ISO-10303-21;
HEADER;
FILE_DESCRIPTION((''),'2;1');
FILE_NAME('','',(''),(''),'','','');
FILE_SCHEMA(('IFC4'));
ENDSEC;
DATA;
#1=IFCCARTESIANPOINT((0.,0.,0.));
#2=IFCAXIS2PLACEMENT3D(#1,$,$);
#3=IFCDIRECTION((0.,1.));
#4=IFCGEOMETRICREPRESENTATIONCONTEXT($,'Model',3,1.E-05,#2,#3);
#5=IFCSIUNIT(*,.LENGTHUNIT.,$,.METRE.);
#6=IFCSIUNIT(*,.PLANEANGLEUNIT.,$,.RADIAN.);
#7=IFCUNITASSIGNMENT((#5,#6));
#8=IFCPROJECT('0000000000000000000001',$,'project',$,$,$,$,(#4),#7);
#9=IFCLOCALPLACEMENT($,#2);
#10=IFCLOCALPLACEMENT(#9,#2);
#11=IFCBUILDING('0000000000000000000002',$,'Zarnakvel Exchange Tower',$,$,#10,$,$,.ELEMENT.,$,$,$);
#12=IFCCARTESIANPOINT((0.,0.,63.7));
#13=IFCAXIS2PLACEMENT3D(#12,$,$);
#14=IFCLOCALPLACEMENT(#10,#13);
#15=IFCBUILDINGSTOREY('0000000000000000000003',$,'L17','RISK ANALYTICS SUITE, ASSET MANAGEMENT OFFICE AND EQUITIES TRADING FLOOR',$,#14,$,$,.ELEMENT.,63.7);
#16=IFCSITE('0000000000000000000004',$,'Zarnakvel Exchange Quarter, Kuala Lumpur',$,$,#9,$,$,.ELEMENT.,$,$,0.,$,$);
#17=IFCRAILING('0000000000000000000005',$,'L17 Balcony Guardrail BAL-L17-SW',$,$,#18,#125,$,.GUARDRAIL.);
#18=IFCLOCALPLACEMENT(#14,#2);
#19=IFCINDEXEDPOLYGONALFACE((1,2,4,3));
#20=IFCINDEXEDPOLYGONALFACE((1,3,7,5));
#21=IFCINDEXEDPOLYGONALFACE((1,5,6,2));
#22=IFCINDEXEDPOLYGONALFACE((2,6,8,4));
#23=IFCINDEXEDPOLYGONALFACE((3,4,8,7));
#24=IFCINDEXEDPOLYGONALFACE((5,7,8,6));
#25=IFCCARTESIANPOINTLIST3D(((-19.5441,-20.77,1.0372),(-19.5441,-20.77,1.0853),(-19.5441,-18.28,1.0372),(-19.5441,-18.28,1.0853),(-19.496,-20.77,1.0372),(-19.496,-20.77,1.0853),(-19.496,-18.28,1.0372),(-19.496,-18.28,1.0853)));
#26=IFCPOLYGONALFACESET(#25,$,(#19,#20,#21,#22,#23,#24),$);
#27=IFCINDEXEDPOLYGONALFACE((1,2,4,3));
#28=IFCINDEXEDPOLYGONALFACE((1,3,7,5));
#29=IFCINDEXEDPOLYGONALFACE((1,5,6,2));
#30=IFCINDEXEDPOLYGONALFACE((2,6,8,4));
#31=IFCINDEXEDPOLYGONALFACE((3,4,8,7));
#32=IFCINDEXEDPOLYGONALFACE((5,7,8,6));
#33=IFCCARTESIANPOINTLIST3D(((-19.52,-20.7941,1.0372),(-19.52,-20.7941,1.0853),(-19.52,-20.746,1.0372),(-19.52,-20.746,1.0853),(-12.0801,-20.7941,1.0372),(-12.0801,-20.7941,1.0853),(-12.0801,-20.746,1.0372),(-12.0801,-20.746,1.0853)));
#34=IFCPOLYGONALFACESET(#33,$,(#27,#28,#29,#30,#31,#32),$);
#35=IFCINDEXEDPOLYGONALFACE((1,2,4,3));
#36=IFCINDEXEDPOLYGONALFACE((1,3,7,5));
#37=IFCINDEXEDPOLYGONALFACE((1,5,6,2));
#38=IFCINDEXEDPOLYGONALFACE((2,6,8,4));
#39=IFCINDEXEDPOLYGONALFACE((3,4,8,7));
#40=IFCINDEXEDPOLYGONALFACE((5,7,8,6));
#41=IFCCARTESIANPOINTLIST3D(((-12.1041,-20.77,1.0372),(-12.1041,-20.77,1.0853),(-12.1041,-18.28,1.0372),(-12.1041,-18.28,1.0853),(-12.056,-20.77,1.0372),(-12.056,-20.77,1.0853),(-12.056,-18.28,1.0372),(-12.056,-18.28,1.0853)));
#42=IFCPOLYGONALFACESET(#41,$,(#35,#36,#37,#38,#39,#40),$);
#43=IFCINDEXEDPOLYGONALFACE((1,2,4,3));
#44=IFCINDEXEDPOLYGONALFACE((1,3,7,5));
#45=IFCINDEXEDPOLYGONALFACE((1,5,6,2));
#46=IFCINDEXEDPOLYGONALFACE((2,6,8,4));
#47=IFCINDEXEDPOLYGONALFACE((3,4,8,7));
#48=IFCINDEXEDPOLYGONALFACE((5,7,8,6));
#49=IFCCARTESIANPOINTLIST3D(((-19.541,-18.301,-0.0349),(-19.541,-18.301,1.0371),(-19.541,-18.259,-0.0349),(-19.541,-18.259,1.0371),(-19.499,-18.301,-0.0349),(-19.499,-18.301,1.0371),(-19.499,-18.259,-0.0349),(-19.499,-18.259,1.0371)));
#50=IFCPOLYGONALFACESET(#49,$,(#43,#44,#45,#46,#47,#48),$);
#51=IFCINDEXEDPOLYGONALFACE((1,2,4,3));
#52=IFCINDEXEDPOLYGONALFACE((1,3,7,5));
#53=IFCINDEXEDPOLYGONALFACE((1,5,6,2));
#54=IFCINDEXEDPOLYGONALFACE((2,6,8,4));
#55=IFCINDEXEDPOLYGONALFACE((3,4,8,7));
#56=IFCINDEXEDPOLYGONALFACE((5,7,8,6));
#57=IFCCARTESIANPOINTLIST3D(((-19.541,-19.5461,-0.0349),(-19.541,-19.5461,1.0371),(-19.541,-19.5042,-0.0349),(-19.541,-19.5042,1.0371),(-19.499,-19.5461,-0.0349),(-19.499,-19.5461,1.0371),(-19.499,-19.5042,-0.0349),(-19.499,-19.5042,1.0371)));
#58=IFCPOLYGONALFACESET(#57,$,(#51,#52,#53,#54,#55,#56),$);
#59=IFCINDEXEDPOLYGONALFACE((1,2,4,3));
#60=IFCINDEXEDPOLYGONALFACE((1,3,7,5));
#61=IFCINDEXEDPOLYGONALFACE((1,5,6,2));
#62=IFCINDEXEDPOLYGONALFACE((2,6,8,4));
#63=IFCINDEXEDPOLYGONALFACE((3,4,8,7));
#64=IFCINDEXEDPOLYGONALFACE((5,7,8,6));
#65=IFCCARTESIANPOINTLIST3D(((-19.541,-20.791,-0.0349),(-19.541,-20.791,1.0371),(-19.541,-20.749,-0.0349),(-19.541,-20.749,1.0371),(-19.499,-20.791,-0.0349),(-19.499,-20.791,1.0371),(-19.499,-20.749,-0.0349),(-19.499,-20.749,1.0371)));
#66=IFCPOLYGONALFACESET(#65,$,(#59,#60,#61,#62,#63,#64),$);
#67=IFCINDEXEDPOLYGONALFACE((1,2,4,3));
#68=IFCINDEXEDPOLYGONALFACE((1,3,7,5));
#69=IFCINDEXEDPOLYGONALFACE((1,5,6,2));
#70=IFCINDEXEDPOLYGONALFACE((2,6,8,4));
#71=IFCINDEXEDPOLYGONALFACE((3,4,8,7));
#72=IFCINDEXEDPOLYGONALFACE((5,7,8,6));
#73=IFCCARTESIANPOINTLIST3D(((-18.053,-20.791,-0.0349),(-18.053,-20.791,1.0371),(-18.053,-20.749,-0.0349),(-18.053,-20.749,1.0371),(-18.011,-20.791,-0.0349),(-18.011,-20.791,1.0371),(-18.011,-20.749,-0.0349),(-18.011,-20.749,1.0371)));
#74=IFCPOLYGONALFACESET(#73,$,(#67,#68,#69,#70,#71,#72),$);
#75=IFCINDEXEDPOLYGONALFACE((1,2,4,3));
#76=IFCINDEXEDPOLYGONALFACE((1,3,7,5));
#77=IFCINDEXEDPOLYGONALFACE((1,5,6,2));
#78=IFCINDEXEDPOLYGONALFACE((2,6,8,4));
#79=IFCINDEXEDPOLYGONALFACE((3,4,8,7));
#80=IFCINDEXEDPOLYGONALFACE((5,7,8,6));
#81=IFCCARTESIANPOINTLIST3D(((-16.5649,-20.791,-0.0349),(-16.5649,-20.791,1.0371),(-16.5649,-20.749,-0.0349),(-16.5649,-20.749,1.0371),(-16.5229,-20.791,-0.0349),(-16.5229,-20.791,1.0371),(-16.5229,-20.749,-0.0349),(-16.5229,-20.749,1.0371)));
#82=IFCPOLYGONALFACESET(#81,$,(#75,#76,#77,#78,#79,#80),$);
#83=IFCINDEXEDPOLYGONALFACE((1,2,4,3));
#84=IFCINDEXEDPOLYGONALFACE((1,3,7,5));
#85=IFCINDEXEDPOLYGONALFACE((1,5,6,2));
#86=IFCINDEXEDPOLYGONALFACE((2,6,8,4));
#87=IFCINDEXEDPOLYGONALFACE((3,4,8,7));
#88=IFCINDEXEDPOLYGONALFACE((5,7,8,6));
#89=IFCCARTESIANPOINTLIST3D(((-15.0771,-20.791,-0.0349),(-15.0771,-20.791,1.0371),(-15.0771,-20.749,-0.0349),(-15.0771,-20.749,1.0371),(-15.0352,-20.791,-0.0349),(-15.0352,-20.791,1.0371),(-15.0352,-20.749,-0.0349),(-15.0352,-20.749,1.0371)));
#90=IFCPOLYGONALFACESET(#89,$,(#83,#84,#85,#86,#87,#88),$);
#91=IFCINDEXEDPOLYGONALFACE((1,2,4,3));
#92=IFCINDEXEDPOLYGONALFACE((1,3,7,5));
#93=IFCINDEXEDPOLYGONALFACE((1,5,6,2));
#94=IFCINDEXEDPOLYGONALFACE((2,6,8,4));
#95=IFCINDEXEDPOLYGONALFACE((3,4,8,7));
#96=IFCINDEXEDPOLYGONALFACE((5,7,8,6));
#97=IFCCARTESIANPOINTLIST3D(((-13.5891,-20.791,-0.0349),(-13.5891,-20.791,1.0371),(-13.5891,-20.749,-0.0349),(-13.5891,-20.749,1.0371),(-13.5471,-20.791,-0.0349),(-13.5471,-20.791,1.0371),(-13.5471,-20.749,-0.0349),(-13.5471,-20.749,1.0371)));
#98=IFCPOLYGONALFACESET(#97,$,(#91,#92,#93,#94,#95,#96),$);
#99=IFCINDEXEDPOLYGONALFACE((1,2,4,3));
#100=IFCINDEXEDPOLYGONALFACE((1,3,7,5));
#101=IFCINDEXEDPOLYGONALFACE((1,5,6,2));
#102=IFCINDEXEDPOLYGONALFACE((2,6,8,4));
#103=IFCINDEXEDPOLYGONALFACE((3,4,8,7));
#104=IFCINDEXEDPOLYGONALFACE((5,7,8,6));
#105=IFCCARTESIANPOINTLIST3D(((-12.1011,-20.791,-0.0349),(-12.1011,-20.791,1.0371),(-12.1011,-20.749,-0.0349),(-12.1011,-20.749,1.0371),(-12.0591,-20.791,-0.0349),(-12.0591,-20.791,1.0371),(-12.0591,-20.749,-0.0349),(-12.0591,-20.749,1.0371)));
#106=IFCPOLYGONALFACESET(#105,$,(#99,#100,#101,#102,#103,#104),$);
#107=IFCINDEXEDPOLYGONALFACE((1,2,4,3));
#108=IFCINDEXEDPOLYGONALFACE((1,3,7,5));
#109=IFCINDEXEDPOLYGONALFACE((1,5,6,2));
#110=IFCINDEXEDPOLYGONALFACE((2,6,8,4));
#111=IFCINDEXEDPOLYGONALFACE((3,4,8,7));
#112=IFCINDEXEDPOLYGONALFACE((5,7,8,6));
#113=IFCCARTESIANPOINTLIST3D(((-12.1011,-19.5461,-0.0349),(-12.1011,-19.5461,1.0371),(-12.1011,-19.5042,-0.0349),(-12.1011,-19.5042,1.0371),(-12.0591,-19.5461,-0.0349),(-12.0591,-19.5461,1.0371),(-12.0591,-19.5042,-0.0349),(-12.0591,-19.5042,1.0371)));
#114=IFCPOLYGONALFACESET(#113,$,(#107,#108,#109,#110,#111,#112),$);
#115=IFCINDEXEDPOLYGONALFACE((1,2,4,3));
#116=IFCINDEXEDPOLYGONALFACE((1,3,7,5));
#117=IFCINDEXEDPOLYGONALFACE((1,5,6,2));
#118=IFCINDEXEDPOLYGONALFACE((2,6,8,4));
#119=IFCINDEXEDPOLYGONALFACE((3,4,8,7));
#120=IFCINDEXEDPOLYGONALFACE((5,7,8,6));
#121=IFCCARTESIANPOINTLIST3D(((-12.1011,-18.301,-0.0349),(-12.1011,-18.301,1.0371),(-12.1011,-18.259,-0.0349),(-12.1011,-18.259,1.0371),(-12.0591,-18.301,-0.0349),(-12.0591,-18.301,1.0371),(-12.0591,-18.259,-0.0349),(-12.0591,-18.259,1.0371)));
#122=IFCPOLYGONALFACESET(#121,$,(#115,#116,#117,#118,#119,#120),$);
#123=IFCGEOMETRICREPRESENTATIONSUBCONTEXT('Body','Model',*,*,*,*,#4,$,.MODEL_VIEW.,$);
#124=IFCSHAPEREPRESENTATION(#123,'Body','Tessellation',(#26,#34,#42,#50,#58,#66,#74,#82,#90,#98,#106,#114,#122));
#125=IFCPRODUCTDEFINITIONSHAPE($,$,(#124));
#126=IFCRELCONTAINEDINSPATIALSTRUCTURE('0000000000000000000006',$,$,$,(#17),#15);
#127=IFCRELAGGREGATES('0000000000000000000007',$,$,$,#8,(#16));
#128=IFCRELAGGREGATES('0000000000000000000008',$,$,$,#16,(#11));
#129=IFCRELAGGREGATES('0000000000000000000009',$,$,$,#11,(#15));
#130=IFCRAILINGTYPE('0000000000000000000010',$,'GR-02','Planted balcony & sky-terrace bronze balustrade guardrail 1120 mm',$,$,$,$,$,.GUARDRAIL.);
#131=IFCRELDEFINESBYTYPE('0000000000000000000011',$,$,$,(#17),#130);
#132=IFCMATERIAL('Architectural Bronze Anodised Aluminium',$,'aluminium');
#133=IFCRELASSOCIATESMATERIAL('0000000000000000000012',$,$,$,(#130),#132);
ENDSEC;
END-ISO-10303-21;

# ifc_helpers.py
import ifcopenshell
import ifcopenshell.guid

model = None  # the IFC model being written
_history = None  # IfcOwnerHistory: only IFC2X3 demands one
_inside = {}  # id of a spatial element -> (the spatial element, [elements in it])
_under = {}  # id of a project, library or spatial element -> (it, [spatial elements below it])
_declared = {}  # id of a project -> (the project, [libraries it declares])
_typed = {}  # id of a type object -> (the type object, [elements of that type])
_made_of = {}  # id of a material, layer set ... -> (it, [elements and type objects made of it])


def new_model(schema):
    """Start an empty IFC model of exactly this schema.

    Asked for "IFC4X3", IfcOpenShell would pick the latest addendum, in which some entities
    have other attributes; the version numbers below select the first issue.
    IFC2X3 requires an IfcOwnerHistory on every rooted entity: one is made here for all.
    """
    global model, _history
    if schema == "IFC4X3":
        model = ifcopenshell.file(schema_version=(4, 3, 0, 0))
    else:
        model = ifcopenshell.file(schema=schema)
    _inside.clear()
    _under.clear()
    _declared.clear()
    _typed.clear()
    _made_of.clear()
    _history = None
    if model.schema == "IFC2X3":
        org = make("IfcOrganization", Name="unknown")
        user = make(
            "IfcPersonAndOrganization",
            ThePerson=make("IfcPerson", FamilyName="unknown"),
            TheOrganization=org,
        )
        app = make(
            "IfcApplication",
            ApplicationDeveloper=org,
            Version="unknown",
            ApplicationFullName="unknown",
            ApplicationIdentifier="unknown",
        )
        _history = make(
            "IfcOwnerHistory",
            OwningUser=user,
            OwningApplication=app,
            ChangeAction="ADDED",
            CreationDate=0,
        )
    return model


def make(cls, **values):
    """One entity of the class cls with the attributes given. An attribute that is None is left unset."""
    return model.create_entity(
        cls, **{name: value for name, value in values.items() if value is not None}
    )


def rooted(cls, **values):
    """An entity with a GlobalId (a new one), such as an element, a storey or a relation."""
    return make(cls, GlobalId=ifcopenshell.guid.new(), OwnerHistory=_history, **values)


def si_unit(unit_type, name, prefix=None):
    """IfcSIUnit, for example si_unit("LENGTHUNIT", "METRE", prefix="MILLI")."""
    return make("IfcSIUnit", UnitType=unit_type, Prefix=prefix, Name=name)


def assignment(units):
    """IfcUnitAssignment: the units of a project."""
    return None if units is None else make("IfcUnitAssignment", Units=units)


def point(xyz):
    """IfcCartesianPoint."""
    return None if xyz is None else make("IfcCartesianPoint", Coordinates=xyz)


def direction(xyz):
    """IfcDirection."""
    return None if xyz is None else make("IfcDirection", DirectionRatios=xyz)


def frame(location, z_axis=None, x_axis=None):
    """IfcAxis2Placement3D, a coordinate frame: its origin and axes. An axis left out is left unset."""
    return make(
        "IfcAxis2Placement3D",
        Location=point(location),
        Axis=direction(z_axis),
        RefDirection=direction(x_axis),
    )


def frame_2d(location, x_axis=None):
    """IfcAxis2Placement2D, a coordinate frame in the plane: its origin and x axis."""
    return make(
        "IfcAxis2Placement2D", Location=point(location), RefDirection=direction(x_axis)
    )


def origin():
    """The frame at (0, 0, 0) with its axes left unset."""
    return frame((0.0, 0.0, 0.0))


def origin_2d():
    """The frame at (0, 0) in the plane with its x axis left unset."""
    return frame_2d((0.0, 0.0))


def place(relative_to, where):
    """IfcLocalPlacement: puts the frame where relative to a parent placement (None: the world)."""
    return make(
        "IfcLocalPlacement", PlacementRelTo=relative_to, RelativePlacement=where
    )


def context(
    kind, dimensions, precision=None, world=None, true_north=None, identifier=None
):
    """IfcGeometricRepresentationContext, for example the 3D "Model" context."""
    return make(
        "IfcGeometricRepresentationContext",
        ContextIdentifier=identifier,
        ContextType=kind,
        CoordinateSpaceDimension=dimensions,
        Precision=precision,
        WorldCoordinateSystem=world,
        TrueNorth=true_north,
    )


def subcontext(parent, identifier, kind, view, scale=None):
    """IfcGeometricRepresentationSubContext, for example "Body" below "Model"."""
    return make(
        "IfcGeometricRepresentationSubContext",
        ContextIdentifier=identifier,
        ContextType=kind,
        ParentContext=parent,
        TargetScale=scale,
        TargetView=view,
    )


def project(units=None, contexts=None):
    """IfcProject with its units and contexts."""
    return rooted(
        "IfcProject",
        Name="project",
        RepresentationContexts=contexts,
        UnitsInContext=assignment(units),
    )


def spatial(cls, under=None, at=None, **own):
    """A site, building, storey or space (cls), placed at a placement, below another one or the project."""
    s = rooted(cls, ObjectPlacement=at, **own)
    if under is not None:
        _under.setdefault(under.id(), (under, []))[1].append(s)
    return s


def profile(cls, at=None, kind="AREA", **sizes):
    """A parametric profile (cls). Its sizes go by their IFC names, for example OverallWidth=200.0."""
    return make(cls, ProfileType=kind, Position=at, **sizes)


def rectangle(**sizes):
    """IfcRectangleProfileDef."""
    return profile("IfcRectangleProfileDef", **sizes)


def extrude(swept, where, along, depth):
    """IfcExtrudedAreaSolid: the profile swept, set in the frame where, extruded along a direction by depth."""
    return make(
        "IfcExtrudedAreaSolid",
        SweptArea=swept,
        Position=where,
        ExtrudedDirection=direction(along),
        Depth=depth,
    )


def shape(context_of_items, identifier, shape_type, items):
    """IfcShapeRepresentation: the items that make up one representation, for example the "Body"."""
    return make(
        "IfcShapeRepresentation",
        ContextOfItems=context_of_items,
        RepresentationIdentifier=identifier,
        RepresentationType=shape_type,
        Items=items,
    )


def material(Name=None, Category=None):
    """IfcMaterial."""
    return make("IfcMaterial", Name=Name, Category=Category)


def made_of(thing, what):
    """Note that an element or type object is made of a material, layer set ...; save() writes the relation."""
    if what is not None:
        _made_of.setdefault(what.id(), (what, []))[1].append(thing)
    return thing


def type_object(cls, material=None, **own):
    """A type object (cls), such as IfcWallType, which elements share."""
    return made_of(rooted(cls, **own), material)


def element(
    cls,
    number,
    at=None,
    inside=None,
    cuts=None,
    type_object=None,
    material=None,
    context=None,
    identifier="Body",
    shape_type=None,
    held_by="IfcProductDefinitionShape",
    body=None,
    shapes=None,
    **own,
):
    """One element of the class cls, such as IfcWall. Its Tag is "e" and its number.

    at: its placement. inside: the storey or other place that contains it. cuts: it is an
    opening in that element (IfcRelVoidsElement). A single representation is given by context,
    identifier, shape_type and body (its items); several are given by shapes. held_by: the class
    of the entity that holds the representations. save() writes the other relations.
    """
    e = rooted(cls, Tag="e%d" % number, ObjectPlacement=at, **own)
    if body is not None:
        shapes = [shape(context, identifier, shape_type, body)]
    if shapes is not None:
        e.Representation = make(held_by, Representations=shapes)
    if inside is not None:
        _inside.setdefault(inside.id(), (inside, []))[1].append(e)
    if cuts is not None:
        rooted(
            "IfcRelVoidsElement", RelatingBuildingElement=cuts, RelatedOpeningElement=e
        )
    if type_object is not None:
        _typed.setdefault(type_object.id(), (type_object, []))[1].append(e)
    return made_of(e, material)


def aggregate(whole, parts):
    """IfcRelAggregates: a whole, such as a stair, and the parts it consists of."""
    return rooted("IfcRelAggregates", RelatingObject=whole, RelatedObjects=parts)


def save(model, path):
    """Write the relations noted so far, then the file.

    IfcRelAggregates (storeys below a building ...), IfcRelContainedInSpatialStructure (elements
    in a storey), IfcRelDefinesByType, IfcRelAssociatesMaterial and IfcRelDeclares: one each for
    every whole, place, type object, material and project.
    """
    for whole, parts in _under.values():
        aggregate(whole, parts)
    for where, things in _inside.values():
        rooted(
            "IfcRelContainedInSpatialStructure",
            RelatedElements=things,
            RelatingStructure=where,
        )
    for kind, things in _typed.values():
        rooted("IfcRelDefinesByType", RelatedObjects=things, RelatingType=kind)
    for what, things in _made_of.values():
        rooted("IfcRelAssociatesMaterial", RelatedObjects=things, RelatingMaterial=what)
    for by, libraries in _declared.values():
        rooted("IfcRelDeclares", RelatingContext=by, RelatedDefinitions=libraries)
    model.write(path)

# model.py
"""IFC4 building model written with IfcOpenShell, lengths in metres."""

from ifc_helpers import new_model, si_unit, direction, frame, origin, origin_2d, place, context, subcontext, project, spatial, rectangle, extrude, material, type_object, element, save


model = new_model("IFC4")

# Units and contexts
model_context = context("Model", 3, precision=1e-05, world=origin(), true_north=direction((0.0, 1.0)))
body_context = subcontext(model_context, "Body", "Model", "MODEL_VIEW")
ifc_project = project(units=[si_unit("LENGTHUNIT", "METRE"), si_unit("PLANEANGLEUNIT", "RADIAN")], contexts=[model_context])

# Site, building, storey
site_placement = place(None, origin())
site = spatial("IfcSite", under=ifc_project, at=site_placement, Name="Zarnakvel Exchange Quarter, Kuala Lumpur", CompositionType="ELEMENT", RefElevation=0.0)
building_placement = place(site_placement, origin())
building = spatial("IfcBuilding", under=site, at=building_placement, Name="Zarnakvel Exchange Tower", CompositionType="ELEMENT")
storey_placement = place(building_placement, frame((0.0, 0.0, 63.7)))
storey = spatial("IfcBuildingStorey", under=building, at=storey_placement, Name="L17", Description="RISK ANALYTICS SUITE, ASSET MANAGEMENT OFFICE AND EQUITIES TRADING FLOOR", CompositionType="ELEMENT", Elevation=63.7)

# Shared definitions
ifc_material_1 = material(Name="Architectural Bronze Anodised Aluminium", Category="aluminium")

# Railing
railing_type = type_object("IfcRailingType", Name="GR-02", Description="Planted balcony & sky-terrace bronze balustrade guardrail 1120 mm", PredefinedType="GUARDRAIL", material=ifc_material_1)
railing_placement = place(storey_placement, frame((-19.52, -18.28, -0.0349)))
element("IfcRailing", 1, at=railing_placement, inside=storey, type_object=railing_type, Name="L17 Balcony Guardrail BAL-L17-SW", PredefinedType="GUARDRAIL", context=body_context, shape_type="SweptSolid", body=[
    extrude(rectangle(XDim=0.0481, YDim=0.0481, at=origin_2d()), frame((0.0, 0.0, 1.0962), z_axis=(0.0, -1.0, 0.0), x_axis=(1.0, 0.0, 0.0)), (0.0, 0.0, 1.0), 2.49),
    extrude(rectangle(XDim=0.0481, YDim=0.0481, at=origin_2d()), frame((0.0, -2.49, 1.0962), z_axis=(1.0, 0.0, 0.0), x_axis=(0.0, 1.0, 0.0)), (0.0, 0.0, 1.0), 7.4399),
    extrude(rectangle(XDim=0.0481, YDim=0.0481, at=origin_2d()), frame((7.4399, -2.49, 1.0962), z_axis=(0.0, 1.0, 0.0), x_axis=(-1.0, 0.0, 0.0)), (0.0, 0.0, 1.0), 2.49),
    extrude(rectangle(XDim=0.042, YDim=0.042, at=origin_2d()), origin(), (0.0, 0.0, 1.0), 1.072),
    extrude(rectangle(XDim=0.042, YDim=0.042, at=origin_2d()), frame((0.0, -1.2451, 0.0)), (0.0, 0.0, 1.0), 1.072),
    extrude(rectangle(XDim=0.042, YDim=0.042, at=origin_2d()), frame((0.0, -2.49, 0.0)), (0.0, 0.0, 1.0), 1.072),
    extrude(rectangle(XDim=0.042, YDim=0.042, at=origin_2d()), frame((1.488, -2.49, 0.0)), (0.0, 0.0, 1.0), 1.072),
    extrude(rectangle(XDim=0.042, YDim=0.042, at=origin_2d()), frame((2.9761, -2.49, 0.0)), (0.0, 0.0, 1.0), 1.072),
    extrude(rectangle(XDim=0.042, YDim=0.042, at=origin_2d()), frame((4.4639, -2.49, 0.0)), (0.0, 0.0, 1.0), 1.072),
    extrude(rectangle(XDim=0.042, YDim=0.042, at=origin_2d()), frame((5.9519, -2.49, 0.0)), (0.0, 0.0, 1.0), 1.072),
    extrude(rectangle(XDim=0.042, YDim=0.042, at=origin_2d()), frame((7.4399, -2.49, 0.0)), (0.0, 0.0, 1.0), 1.072),
    extrude(rectangle(XDim=0.042, YDim=0.042, at=origin_2d()), frame((7.4399, -1.2451, 0.0)), (0.0, 0.0, 1.0), 1.072),
    extrude(rectangle(XDim=0.042, YDim=0.042, at=origin_2d()), frame((7.4399, 0.0, 0.0)), (0.0, 0.0, 1.0), 1.072),
])

save(model, "model.ifc")
